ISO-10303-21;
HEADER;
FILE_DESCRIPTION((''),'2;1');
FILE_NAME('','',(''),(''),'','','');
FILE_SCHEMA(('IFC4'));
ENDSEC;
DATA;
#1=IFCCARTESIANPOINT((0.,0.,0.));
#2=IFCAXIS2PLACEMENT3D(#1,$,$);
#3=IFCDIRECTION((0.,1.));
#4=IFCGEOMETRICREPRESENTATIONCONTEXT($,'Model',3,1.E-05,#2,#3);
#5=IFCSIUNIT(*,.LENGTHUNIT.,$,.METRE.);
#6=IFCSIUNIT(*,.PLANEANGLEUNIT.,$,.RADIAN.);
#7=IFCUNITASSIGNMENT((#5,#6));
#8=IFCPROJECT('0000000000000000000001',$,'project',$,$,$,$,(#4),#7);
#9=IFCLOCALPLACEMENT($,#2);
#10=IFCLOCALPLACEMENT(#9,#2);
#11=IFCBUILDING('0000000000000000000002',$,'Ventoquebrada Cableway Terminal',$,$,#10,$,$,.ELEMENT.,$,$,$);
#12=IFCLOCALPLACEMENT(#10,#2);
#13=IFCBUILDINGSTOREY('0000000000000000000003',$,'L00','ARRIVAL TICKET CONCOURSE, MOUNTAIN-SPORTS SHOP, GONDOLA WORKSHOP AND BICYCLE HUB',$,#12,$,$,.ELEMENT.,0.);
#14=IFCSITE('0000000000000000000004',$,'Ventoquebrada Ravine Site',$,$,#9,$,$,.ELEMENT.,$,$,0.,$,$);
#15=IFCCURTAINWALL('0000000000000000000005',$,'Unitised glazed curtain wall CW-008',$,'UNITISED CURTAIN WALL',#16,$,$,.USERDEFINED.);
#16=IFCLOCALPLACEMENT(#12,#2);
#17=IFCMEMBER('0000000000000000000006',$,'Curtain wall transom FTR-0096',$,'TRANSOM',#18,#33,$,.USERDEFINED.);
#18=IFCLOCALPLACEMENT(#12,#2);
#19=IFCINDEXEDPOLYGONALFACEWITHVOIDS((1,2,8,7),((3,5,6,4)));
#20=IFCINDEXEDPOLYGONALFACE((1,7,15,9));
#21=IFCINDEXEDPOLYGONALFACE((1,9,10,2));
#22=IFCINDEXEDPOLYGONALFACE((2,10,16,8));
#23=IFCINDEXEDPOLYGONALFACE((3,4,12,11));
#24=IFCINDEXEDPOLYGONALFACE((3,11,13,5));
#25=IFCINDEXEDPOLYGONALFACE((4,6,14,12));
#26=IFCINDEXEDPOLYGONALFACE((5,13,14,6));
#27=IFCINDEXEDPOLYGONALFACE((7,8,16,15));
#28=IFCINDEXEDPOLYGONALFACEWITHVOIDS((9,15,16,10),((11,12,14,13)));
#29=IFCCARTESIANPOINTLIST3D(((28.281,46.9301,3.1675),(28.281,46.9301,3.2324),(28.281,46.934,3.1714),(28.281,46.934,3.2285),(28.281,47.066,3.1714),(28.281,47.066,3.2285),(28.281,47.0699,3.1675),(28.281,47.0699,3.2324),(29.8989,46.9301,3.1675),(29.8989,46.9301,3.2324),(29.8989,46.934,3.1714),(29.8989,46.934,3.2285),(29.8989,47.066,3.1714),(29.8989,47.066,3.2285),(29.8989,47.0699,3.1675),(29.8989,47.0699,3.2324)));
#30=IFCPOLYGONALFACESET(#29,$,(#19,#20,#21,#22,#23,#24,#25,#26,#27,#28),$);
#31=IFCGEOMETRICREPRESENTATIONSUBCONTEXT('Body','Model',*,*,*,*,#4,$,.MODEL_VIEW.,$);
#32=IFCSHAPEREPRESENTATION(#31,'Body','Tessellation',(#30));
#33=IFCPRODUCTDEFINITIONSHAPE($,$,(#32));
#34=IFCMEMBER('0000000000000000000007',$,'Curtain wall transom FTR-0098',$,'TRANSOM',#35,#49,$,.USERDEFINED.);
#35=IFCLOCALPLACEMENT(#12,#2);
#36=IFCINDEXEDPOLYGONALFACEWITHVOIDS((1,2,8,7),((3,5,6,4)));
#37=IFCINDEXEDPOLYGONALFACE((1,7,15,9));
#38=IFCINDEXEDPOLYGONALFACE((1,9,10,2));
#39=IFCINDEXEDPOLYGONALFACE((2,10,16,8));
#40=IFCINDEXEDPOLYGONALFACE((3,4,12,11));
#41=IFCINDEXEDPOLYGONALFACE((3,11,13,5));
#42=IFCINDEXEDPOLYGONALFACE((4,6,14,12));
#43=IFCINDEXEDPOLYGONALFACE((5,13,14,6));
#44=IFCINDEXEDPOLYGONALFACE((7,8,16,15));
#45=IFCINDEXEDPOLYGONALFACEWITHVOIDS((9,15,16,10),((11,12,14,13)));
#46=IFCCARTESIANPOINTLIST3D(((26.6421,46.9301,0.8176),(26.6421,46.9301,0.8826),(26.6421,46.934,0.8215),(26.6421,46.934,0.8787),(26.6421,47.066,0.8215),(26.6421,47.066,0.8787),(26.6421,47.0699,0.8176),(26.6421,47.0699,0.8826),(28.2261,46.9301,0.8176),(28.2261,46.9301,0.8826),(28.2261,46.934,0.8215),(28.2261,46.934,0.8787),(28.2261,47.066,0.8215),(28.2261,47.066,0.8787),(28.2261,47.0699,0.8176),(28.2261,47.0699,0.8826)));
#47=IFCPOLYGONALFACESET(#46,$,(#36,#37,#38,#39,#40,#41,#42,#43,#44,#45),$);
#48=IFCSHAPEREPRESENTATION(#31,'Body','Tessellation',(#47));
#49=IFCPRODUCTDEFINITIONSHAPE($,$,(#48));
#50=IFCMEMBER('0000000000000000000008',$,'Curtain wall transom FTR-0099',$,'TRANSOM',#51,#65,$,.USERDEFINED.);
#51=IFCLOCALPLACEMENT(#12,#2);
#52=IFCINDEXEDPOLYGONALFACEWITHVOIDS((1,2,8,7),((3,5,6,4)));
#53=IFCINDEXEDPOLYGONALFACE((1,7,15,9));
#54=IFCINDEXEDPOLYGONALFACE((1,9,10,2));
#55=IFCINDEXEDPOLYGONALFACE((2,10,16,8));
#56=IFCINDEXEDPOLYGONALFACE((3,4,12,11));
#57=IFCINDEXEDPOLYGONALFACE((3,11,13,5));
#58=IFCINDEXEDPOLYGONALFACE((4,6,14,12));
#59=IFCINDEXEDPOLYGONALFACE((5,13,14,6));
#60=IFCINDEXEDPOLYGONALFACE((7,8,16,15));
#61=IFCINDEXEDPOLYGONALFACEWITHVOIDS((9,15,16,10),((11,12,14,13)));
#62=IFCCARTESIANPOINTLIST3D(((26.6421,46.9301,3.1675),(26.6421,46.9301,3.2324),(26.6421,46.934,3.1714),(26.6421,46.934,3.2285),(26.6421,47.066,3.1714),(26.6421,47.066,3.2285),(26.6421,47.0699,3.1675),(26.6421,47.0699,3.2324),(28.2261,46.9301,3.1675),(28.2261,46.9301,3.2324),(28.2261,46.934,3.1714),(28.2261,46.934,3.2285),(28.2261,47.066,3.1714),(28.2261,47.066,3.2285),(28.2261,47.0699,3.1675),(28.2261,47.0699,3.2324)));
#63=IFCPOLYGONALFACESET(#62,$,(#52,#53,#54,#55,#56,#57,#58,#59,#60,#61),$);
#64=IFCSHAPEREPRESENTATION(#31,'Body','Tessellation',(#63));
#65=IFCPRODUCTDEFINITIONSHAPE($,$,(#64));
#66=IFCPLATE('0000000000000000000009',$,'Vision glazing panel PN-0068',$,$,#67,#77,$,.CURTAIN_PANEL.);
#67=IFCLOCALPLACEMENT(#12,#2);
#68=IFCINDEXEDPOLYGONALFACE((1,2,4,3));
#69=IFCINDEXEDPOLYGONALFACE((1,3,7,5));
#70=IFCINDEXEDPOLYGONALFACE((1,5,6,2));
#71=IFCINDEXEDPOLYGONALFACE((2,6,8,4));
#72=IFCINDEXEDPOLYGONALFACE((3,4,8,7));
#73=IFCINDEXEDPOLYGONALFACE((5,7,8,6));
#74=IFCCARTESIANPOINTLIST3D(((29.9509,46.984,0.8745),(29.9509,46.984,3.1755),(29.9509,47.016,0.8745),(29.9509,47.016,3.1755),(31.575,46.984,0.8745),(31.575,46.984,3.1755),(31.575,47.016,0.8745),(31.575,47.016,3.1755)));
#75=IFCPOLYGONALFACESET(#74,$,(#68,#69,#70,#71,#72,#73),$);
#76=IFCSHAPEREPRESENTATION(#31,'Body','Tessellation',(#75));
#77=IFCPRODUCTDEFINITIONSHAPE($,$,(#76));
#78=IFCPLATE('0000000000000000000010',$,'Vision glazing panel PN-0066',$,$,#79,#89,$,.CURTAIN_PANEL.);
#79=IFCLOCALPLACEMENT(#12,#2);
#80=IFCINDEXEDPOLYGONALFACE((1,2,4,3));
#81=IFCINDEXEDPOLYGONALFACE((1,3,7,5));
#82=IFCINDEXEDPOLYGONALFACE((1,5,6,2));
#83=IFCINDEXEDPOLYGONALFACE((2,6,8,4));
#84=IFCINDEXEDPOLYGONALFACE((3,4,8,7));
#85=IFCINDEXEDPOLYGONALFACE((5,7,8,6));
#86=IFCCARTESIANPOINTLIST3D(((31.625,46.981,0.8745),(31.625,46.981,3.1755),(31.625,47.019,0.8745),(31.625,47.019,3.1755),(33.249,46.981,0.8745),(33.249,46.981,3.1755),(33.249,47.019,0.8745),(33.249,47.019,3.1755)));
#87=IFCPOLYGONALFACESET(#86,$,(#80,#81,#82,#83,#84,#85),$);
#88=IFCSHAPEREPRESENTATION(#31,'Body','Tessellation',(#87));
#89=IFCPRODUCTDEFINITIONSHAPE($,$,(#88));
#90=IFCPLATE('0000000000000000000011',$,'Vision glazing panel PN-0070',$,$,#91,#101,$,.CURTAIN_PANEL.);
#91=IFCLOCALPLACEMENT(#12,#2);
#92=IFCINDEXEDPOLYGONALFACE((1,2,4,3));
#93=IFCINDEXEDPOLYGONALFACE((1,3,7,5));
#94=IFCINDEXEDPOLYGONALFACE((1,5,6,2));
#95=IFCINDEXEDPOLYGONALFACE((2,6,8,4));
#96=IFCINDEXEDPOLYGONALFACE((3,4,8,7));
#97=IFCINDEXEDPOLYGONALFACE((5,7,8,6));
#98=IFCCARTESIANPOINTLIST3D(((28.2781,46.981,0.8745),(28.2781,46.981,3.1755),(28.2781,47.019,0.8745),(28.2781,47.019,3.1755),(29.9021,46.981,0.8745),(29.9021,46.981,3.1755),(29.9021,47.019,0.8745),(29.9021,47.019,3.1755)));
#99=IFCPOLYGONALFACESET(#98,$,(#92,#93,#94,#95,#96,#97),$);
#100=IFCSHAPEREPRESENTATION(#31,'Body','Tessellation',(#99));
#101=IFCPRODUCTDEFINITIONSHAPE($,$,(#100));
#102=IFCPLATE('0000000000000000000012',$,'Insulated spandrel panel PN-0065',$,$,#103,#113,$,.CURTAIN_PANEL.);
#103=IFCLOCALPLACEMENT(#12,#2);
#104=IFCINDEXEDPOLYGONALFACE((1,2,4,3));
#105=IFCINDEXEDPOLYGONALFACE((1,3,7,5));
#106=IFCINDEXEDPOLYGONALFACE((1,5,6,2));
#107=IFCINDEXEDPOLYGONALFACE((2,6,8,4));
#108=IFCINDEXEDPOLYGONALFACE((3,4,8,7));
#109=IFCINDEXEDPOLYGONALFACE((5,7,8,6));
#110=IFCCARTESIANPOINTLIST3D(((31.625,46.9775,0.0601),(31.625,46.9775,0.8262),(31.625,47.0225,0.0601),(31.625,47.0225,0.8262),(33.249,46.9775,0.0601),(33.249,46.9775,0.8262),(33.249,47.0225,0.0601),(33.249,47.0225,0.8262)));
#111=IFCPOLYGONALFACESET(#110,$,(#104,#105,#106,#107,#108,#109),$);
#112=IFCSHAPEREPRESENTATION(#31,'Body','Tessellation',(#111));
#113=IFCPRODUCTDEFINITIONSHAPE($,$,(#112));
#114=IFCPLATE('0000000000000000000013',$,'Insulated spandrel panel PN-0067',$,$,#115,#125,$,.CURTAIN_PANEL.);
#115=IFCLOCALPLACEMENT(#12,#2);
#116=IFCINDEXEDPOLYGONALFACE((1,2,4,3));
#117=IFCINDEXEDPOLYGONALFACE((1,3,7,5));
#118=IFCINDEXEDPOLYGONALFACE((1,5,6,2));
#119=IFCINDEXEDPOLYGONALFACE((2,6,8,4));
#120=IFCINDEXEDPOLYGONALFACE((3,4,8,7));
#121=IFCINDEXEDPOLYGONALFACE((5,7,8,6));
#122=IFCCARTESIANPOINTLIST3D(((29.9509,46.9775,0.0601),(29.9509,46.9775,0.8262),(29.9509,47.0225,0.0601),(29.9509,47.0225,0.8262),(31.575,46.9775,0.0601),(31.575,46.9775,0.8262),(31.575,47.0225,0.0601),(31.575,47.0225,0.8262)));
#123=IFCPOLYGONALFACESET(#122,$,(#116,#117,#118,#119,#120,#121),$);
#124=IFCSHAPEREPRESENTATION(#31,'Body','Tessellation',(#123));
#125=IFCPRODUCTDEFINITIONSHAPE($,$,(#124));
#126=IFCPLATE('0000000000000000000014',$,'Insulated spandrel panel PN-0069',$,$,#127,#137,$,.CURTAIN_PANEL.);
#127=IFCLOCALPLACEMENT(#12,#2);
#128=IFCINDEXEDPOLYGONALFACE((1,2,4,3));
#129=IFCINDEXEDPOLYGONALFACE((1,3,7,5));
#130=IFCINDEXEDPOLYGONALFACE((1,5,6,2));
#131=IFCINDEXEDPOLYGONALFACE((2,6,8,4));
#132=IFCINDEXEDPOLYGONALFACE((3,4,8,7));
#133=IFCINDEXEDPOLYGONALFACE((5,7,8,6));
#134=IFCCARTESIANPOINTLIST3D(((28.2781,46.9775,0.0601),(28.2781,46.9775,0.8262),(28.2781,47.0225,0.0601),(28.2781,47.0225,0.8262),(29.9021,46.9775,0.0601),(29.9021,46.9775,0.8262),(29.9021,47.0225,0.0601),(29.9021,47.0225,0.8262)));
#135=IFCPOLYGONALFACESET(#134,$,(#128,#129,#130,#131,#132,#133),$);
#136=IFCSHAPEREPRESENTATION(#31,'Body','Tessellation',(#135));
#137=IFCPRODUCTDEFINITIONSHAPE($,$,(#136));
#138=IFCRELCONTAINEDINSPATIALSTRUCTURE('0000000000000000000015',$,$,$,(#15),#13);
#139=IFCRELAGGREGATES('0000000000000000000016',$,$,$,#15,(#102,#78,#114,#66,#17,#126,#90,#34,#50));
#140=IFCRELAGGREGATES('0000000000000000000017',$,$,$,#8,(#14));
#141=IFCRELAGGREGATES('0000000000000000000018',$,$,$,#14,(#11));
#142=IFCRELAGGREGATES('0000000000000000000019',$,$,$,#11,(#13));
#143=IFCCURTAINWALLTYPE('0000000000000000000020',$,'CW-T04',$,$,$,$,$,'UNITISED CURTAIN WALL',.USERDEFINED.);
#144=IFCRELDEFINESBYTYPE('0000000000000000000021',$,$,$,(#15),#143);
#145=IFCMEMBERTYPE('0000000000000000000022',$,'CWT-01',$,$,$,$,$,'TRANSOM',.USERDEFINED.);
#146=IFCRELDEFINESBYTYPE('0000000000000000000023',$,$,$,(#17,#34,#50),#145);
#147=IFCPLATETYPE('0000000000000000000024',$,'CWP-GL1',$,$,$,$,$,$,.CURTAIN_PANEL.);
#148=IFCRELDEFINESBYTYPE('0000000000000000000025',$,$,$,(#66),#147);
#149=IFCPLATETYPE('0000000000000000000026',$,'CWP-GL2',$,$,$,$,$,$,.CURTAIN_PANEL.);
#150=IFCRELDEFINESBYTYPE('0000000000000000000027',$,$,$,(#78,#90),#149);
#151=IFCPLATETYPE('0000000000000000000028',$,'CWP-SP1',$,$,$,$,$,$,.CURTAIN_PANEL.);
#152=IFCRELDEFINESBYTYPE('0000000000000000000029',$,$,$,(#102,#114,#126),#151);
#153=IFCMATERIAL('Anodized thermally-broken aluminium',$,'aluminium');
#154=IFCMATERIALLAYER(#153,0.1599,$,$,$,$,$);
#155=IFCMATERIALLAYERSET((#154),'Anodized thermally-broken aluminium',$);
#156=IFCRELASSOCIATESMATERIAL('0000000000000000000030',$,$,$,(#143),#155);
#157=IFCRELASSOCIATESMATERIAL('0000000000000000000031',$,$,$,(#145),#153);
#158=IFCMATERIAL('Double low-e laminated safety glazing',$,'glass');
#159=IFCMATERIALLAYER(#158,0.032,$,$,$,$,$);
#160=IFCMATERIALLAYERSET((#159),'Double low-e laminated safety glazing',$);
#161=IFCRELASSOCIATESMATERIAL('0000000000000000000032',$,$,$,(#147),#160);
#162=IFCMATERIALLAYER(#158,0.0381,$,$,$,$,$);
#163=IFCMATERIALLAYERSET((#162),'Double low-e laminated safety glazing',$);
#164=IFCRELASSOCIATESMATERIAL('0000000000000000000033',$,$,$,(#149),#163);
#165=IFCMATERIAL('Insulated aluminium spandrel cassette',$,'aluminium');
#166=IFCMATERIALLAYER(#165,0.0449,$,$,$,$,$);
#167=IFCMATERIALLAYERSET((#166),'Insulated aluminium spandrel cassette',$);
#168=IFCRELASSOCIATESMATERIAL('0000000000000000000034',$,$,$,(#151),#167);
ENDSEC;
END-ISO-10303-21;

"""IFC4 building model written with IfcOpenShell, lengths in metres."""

from ifc_helpers import new_model, si_unit, direction, frame, origin, origin_2d, place, context, subcontext, project, spatial, rectangle, hollow_rectangle, extrude, material, layer, layer_set, material_profile, profile_set, type_object, element, aggregate, save


model = new_model("IFC4")

# Units and contexts
model_context = context("Model", 3, precision=1e-05, world=origin(), true_north=direction((0.0, 1.0)))
body_context = subcontext(model_context, "Body", "Model", "MODEL_VIEW")
ifc_project = project(units=[si_unit("LENGTHUNIT", "METRE"), si_unit("PLANEANGLEUNIT", "RADIAN")], contexts=[model_context])

# Site, building, storey
site_placement = place(None, origin())
site = spatial("IfcSite", under=ifc_project, at=site_placement, Name="Ventoquebrada Ravine Site", CompositionType="ELEMENT", RefElevation=0.0)
building_placement = place(site_placement, origin())
building = spatial("IfcBuilding", under=site, at=building_placement, Name="Ventoquebrada Cableway Terminal", CompositionType="ELEMENT")
storey_placement = place(building_placement, origin())
storey = spatial("IfcBuildingStorey", under=building, at=storey_placement, Name="L00", Description="ARRIVAL TICKET CONCOURSE, MOUNTAIN-SPORTS SHOP, GONDOLA WORKSHOP AND BICYCLE HUB", CompositionType="ELEMENT", Elevation=0.0)

# Curtain wall, members, plates
ifc_material_1 = material(Name="Anodized thermally-broken aluminium", Category="aluminium")
ifc_layer_1 = layer(ifc_material_1, 0.1599)
ifc_layer_set_1 = layer_set([ifc_layer_1], Name="Anodized thermally-broken aluminium")
curtain_wall_type = type_object("IfcCurtainWallType", Name="CW-T04", ElementType="UNITISED CURTAIN WALL", PredefinedType="USERDEFINED", material=ifc_layer_set_1)
curtain_wall_placement = place(storey_placement, origin())
curtain_wall = element("IfcCurtainWall", 1, at=curtain_wall_placement, inside=storey, type_object=curtain_wall_type, Name="Unitised glazed curtain wall CW-008", ObjectType="UNITISED CURTAIN WALL", PredefinedType="USERDEFINED")
ifc_material_profile_1 = material_profile(ifc_material_1, hollow_rectangle(XDim=0.0649, YDim=0.1399, WallThickness=0.0039, at=origin_2d()), Name="CW-TRN-65X140")
ifc_profile_set_1 = profile_set([ifc_material_profile_1], Name="Anodized thermally-broken aluminium")
member_type_1 = type_object("IfcMemberType", Name="CWT-01", ElementType="TRANSOM", PredefinedType="USERDEFINED", material=ifc_profile_set_1)
member_1_placement = place(storey_placement, frame((29.8989, 47.0, 3.2), z_axis=(-1.0, 0.0, 0.0), x_axis=(0.0, 0.0, 1.0)))
member_1 = element("IfcMember", 2, at=member_1_placement, type_object=member_type_1, Name="Curtain wall transom FTR-0096", ObjectType="TRANSOM", PredefinedType="USERDEFINED", context=body_context, shape_type="SweptSolid", body=[
    extrude(hollow_rectangle(XDim=0.0649, YDim=0.1399, WallThickness=0.0039, at=origin_2d()), origin(), (0.0, 0.0, 1.0), 1.6179),
])
member_2_placement = place(storey_placement, frame((28.2261, 47.0, 0.8501), z_axis=(-1.0, 0.0, 0.0), x_axis=(0.0, 0.0, 1.0)))
member_2 = element("IfcMember", 3, at=member_2_placement, type_object=member_type_1, Name="Curtain wall transom FTR-0098", ObjectType="TRANSOM", PredefinedType="USERDEFINED", context=body_context, shape_type="SweptSolid", body=[
    extrude(hollow_rectangle(XDim=0.0649, YDim=0.1399, WallThickness=0.0039, at=origin_2d()), origin(), (0.0, 0.0, 1.0), 1.584),
])
member_3_placement = place(storey_placement, frame((28.2261, 47.0, 3.2), z_axis=(-1.0, 0.0, 0.0), x_axis=(0.0, 0.0, 1.0)))
member_3 = element("IfcMember", 4, at=member_3_placement, type_object=member_type_1, Name="Curtain wall transom FTR-0099", ObjectType="TRANSOM", PredefinedType="USERDEFINED", context=body_context, shape_type="SweptSolid", body=[
    extrude(hollow_rectangle(XDim=0.0649, YDim=0.1399, WallThickness=0.0039, at=origin_2d()), origin(), (0.0, 0.0, 1.0), 1.584),
])
ifc_material_2 = material(Name="Double low-e laminated safety glazing", Category="glass")
ifc_layer_2 = layer(ifc_material_2, 0.032)
ifc_layer_set_2 = layer_set([ifc_layer_2], Name="Double low-e laminated safety glazing")
plate_type_1 = type_object("IfcPlateType", Name="CWP-GL1", PredefinedType="CURTAIN_PANEL", material=ifc_layer_set_2)
plate_1_placement = place(storey_placement, frame((30.7629, 47.0, 0.8745), z_axis=(0.0, 0.0, 1.0), x_axis=(-1.0, 0.0, 0.0)))
plate_1 = element("IfcPlate", 5, at=plate_1_placement, type_object=plate_type_1, Name="Vision glazing panel PN-0068", PredefinedType="CURTAIN_PANEL", context=body_context, shape_type="SweptSolid", body=[
    extrude(rectangle(XDim=1.624, YDim=0.032, at=origin_2d()), origin(), (0.0, 0.0, 1.0), 2.301),
])
ifc_layer_3 = layer(ifc_material_2, 0.0381)
ifc_layer_set_3 = layer_set([ifc_layer_3], Name="Double low-e laminated safety glazing")
plate_type_2 = type_object("IfcPlateType", Name="CWP-GL2", PredefinedType="CURTAIN_PANEL", material=ifc_layer_set_3)
plate_2_placement = place(storey_placement, frame((32.437, 47.0, 0.8745), z_axis=(0.0, 0.0, 1.0), x_axis=(-1.0, 0.0, 0.0)))
plate_2 = element("IfcPlate", 6, at=plate_2_placement, type_object=plate_type_2, Name="Vision glazing panel PN-0066", PredefinedType="CURTAIN_PANEL", context=body_context, shape_type="SweptSolid", body=[
    extrude(rectangle(XDim=1.624, YDim=0.0381, at=origin_2d()), origin(), (0.0, 0.0, 1.0), 2.301),
])
plate_3_placement = place(storey_placement, frame((29.0901, 47.0, 0.8745), z_axis=(0.0, 0.0, 1.0), x_axis=(-1.0, 0.0, 0.0)))
plate_3 = element("IfcPlate", 7, at=plate_3_placement, type_object=plate_type_2, Name="Vision glazing panel PN-0070", PredefinedType="CURTAIN_PANEL", context=body_context, shape_type="SweptSolid", body=[
    extrude(rectangle(XDim=1.624, YDim=0.0381, at=origin_2d()), origin(), (0.0, 0.0, 1.0), 2.301),
])
ifc_material_3 = material(Name="Insulated aluminium spandrel cassette", Category="aluminium")
ifc_layer_4 = layer(ifc_material_3, 0.0449)
ifc_layer_set_4 = layer_set([ifc_layer_4], Name="Insulated aluminium spandrel cassette")
plate_type_3 = type_object("IfcPlateType", Name="CWP-SP1", PredefinedType="CURTAIN_PANEL", material=ifc_layer_set_4)
plate_4_placement = place(storey_placement, frame((32.437, 47.0, 0.0601), z_axis=(0.0, 0.0, 1.0), x_axis=(-1.0, 0.0, 0.0)))
plate_4 = element("IfcPlate", 8, at=plate_4_placement, type_object=plate_type_3, Name="Insulated spandrel panel PN-0065", PredefinedType="CURTAIN_PANEL", context=body_context, shape_type="SweptSolid", body=[
    extrude(rectangle(XDim=1.624, YDim=0.0449, at=origin_2d()), origin(), (0.0, 0.0, 1.0), 0.7661),
])
plate_5_placement = place(storey_placement, frame((30.7629, 47.0, 0.0601), z_axis=(0.0, 0.0, 1.0), x_axis=(-1.0, 0.0, 0.0)))
plate_5 = element("IfcPlate", 9, at=plate_5_placement, type_object=plate_type_3, Name="Insulated spandrel panel PN-0067", PredefinedType="CURTAIN_PANEL", context=body_context, shape_type="SweptSolid", body=[
    extrude(rectangle(XDim=1.624, YDim=0.0449, at=origin_2d()), origin(), (0.0, 0.0, 1.0), 0.7661),
])
plate_6_placement = place(storey_placement, frame((29.0901, 47.0, 0.0601), z_axis=(0.0, 0.0, 1.0), x_axis=(-1.0, 0.0, 0.0)))
plate_6 = element("IfcPlate", 10, at=plate_6_placement, type_object=plate_type_3, Name="Insulated spandrel panel PN-0069", PredefinedType="CURTAIN_PANEL", context=body_context, shape_type="SweptSolid", body=[
    extrude(rectangle(XDim=1.624, YDim=0.0449, at=origin_2d()), origin(), (0.0, 0.0, 1.0), 0.7661),
])
aggregate(curtain_wall, [plate_4, plate_2, plate_5, plate_1, member_1, plate_6, plate_3, member_2, member_3])

save(model, "model.ifc")
